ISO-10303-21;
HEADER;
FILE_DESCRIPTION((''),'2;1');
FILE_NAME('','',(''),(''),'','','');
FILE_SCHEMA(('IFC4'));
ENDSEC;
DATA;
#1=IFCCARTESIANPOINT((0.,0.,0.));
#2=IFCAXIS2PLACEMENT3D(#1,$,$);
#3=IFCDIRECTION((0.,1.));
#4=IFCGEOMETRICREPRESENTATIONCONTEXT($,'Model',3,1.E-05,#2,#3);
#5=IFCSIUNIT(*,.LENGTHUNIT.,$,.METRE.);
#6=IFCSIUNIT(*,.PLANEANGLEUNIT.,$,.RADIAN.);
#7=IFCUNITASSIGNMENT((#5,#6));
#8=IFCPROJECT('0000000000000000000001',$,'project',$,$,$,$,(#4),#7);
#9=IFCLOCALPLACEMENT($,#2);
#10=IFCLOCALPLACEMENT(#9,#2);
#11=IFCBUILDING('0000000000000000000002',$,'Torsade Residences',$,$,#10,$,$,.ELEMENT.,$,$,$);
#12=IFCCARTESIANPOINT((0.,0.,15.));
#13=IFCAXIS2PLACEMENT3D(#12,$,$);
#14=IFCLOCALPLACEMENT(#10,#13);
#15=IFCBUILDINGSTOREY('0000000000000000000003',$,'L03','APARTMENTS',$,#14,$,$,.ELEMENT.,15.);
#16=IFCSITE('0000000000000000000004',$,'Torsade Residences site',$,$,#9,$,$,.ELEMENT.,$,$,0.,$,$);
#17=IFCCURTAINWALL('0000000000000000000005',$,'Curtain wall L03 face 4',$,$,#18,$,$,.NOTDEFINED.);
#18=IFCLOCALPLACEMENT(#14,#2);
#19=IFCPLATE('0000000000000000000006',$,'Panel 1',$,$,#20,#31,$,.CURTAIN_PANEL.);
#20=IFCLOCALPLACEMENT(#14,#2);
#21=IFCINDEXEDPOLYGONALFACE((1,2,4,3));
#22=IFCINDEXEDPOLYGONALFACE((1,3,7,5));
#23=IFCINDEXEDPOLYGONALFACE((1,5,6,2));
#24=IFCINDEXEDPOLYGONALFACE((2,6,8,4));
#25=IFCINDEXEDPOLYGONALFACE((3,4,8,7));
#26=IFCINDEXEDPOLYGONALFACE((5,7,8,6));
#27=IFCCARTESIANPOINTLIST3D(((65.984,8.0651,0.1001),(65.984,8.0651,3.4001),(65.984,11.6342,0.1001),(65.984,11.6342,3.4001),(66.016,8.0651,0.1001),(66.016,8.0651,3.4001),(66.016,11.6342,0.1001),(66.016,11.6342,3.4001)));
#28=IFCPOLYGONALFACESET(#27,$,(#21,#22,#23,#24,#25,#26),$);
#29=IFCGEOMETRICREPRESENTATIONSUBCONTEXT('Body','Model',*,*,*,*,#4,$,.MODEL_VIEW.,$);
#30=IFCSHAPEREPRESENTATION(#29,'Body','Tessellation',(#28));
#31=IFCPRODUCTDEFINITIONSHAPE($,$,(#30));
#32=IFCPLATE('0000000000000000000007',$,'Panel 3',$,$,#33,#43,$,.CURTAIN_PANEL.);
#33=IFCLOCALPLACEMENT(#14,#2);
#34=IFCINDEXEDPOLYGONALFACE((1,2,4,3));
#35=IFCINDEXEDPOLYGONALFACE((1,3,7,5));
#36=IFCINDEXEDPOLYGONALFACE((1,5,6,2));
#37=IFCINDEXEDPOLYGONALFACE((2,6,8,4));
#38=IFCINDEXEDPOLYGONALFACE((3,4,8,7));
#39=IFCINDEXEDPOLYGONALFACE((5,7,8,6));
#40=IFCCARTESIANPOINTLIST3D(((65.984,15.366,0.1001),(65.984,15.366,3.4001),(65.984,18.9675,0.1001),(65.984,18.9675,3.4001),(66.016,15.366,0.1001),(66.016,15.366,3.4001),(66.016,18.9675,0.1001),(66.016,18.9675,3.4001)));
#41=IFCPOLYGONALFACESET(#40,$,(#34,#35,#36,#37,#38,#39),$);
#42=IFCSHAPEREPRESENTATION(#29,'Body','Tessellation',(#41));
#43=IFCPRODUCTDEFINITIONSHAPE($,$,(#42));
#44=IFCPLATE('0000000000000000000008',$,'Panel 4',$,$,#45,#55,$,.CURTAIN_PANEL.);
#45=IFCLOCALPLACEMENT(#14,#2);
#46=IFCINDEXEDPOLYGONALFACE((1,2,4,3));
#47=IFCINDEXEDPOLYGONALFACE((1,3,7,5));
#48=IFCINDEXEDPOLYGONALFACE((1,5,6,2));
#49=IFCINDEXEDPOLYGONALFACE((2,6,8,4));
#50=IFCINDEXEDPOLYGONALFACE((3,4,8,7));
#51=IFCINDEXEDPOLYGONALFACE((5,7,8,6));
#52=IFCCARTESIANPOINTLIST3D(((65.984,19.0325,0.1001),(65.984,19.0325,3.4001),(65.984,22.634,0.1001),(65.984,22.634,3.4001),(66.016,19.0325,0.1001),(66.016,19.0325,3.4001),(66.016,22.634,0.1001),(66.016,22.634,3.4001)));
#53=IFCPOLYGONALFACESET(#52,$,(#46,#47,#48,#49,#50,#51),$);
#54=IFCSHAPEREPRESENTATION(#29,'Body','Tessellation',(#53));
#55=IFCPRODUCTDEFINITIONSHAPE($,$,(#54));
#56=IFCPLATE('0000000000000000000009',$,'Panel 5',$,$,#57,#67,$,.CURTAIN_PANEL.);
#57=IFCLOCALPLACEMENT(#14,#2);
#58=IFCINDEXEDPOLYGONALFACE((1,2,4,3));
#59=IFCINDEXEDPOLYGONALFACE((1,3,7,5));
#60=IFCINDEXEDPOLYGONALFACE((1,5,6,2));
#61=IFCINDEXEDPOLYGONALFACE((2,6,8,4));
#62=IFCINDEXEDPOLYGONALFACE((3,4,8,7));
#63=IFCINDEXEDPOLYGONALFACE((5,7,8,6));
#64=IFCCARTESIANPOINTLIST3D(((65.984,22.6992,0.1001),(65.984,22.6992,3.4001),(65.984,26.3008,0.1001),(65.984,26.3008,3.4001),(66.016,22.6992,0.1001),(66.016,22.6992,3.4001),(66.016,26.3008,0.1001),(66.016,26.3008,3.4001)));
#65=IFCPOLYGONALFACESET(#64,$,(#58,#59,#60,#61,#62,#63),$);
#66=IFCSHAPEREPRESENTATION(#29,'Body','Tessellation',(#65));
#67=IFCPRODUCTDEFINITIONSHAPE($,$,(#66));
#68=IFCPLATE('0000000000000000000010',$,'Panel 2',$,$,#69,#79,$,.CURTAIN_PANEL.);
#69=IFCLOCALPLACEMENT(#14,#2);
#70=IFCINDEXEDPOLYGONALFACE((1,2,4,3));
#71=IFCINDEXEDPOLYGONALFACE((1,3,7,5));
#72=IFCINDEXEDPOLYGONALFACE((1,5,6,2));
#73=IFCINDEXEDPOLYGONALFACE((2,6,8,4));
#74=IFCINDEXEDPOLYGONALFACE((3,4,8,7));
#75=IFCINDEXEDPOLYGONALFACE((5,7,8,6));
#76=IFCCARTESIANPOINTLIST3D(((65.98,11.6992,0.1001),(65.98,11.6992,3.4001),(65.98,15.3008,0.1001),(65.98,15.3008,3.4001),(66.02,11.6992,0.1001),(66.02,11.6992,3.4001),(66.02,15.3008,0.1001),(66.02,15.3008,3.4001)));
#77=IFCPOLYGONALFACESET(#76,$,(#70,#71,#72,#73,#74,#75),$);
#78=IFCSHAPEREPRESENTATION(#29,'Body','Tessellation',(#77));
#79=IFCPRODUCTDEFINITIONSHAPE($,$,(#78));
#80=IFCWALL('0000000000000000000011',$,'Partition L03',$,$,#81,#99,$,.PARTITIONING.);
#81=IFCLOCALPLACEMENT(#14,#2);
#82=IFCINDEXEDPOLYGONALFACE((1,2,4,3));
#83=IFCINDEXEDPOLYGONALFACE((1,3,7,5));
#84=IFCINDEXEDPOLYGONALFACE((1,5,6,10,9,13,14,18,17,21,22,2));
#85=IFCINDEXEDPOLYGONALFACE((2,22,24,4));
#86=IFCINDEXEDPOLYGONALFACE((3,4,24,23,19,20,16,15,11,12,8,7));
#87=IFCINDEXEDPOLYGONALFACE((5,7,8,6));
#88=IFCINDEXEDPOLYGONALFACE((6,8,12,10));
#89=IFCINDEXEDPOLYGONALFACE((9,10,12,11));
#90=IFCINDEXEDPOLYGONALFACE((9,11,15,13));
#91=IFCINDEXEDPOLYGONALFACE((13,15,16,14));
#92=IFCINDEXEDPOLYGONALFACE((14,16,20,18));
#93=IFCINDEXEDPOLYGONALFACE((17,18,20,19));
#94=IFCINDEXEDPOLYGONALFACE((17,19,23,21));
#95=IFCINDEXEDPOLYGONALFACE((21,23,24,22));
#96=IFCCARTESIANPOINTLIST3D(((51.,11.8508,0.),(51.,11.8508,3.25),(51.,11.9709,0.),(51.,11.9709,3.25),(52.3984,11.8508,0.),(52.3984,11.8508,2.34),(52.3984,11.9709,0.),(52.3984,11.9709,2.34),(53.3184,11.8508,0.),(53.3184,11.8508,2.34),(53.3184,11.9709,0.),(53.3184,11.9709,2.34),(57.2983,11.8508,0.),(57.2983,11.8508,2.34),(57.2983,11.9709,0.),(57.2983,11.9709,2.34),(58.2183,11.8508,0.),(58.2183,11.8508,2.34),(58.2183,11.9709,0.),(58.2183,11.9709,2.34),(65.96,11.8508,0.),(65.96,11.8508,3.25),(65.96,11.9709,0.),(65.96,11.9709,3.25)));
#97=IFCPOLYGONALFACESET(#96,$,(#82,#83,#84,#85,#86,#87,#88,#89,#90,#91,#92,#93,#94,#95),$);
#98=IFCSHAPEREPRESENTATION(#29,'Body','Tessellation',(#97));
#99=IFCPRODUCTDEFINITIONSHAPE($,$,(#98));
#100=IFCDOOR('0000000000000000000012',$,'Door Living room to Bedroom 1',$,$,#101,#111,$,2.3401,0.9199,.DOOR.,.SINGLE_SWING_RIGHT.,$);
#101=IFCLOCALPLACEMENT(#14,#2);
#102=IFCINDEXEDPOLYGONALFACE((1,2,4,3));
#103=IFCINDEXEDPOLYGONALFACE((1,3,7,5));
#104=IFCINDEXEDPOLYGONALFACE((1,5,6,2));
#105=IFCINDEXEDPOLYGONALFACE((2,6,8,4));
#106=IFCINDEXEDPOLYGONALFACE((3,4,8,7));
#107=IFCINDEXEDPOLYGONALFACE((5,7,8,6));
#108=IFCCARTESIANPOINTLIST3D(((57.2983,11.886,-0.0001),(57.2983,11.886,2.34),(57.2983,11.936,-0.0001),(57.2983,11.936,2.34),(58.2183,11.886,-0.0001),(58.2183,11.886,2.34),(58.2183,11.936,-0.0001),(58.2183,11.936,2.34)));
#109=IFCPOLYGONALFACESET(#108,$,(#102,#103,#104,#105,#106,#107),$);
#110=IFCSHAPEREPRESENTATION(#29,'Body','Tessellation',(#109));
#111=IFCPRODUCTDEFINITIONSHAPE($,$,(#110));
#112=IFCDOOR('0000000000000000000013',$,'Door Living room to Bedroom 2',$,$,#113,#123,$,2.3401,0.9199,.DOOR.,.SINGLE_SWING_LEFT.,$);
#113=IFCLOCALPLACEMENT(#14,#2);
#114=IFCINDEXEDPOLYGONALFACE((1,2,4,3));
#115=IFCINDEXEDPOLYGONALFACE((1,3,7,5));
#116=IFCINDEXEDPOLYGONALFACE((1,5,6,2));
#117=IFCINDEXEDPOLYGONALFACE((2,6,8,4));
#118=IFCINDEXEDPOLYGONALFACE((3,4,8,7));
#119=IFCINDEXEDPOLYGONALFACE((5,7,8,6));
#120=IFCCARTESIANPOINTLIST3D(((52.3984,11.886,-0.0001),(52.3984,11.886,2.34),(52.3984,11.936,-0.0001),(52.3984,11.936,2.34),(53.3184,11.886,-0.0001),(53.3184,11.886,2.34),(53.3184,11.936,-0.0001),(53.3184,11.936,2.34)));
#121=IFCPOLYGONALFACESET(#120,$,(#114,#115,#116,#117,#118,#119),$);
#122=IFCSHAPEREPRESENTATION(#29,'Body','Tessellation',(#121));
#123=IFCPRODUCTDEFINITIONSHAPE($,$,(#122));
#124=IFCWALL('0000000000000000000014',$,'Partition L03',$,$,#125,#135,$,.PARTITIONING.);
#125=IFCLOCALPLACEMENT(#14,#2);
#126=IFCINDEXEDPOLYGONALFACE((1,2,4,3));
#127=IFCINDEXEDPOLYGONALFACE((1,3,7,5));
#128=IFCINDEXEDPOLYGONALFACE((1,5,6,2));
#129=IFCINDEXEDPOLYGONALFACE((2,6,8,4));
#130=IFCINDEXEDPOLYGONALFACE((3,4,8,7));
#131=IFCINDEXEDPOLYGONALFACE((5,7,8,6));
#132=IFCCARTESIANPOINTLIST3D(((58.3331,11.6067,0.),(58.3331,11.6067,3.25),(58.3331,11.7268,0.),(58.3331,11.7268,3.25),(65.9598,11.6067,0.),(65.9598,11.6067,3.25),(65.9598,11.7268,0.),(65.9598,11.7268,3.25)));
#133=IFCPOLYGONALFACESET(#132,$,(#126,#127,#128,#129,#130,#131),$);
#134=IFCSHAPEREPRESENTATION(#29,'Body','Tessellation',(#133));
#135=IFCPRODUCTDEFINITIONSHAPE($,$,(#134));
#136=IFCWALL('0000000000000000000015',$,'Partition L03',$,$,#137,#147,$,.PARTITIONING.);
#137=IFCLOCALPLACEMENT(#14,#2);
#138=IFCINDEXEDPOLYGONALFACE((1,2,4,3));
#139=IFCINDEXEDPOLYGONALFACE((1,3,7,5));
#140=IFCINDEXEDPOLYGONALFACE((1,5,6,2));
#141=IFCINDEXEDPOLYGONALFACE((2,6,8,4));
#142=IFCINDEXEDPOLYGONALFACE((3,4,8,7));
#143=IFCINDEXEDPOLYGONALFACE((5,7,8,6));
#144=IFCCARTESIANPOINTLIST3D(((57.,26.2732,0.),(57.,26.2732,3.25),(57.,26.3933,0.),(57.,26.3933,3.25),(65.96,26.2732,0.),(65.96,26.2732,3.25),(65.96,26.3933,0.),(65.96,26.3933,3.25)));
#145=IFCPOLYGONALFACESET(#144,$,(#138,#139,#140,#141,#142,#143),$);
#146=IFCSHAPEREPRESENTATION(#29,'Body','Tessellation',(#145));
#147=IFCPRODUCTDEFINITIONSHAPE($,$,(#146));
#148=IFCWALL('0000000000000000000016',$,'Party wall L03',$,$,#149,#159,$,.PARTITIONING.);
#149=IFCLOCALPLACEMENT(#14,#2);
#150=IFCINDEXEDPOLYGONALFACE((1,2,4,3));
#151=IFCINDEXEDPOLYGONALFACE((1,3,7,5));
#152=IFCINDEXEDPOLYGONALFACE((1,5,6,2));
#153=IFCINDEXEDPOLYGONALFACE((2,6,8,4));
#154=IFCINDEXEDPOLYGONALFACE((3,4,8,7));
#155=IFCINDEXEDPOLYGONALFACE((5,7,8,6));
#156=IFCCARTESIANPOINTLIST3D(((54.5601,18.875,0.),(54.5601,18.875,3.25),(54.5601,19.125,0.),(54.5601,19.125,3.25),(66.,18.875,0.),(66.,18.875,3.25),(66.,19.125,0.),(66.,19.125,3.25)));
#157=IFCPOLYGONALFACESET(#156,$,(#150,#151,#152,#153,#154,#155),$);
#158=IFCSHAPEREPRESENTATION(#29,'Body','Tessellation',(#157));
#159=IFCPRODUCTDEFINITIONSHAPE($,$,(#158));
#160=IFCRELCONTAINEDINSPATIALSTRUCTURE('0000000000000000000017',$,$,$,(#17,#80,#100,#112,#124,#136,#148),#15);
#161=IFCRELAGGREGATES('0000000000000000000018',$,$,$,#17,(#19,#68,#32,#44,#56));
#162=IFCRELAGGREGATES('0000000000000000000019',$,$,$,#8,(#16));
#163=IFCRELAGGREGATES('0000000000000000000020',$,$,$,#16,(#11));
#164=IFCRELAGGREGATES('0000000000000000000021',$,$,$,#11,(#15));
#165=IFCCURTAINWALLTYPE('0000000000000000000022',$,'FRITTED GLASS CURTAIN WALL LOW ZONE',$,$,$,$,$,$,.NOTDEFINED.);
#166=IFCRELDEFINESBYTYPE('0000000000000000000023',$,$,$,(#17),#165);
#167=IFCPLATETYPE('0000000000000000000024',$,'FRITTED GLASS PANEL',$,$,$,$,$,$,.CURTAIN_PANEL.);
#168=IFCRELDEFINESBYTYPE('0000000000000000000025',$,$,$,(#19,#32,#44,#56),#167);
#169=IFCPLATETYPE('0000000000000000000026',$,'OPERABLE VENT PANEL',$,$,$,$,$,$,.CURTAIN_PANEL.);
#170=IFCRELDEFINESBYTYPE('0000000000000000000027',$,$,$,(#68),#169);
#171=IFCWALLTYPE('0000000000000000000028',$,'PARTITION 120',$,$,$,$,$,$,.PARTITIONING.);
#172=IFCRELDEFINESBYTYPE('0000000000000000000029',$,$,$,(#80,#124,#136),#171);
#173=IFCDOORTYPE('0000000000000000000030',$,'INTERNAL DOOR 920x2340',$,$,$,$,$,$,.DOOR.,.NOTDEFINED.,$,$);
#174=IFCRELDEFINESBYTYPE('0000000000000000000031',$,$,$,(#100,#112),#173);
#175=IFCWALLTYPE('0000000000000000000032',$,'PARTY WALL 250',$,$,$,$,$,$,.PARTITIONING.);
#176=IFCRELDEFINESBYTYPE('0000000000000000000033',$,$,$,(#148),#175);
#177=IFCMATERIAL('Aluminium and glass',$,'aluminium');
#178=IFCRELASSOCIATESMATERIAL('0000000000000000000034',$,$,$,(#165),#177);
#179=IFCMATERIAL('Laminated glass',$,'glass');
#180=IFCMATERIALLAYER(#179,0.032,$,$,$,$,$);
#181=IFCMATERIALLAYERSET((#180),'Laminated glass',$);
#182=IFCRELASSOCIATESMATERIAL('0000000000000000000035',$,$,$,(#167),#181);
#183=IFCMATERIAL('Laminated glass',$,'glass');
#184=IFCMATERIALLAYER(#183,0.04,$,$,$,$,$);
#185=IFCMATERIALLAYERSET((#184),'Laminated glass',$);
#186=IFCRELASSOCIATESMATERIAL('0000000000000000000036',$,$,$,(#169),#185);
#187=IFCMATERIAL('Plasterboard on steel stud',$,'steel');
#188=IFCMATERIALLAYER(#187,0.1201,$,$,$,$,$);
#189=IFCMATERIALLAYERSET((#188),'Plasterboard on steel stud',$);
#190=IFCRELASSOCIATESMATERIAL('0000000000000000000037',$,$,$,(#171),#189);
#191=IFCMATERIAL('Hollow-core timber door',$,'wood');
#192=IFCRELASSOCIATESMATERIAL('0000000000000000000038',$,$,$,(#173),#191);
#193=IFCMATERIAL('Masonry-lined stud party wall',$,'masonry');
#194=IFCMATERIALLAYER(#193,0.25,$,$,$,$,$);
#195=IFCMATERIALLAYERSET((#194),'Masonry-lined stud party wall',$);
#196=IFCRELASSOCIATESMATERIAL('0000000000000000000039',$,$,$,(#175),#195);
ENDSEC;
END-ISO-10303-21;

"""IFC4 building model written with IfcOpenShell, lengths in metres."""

from ifc_helpers import new_model, si_unit, direction, frame, frame_2d, origin, origin_2d, place, context, subcontext, project, spatial, rectangle, extrude, material, layer, layer_set, type_object, element, fill, aggregate, save


model = new_model("IFC4")

# Units and contexts
model_context = context("Model", 3, precision=1e-05, world=origin(), true_north=direction((0.0, 1.0)))
body_context = subcontext(model_context, "Body", "Model", "MODEL_VIEW")
ifc_project = project(units=[si_unit("LENGTHUNIT", "METRE"), si_unit("PLANEANGLEUNIT", "RADIAN")], contexts=[model_context])

# Site, building, storey
site_placement = place(None, origin())
site = spatial("IfcSite", under=ifc_project, at=site_placement, Name="Torsade Residences site", CompositionType="ELEMENT", RefElevation=0.0)
building_placement = place(site_placement, origin())
building = spatial("IfcBuilding", under=site, at=building_placement, Name="Torsade Residences", CompositionType="ELEMENT")
storey_placement = place(building_placement, frame((0.0, 0.0, 15.0)))
storey = spatial("IfcBuildingStorey", under=building, at=storey_placement, Name="L03", Description="APARTMENTS", CompositionType="ELEMENT", Elevation=15.0)

# Curtain wall
ifc_material_1 = material(Name="Aluminium and glass", Category="aluminium")
curtain_wall_type = type_object("IfcCurtainWallType", Name="FRITTED GLASS CURTAIN WALL LOW ZONE", PredefinedType="NOTDEFINED", material=ifc_material_1)
curtain_wall_placement = place(storey_placement, origin())
curtain_wall = element("IfcCurtainWall", 1, at=curtain_wall_placement, inside=storey, type_object=curtain_wall_type, Name="Curtain wall L03 face 4", PredefinedType="NOTDEFINED")

# Plates
ifc_material_2 = material(Name="Laminated glass", Category="glass")
ifc_layer_1 = layer(ifc_material_2, 0.032)
ifc_layer_set_1 = layer_set([ifc_layer_1], Name="Laminated glass")
plate_type_1 = type_object("IfcPlateType", Name="FRITTED GLASS PANEL", PredefinedType="CURTAIN_PANEL", material=ifc_layer_set_1)
plate_1_placement = place(storey_placement, frame((66.0, 9.8496, 0.1001), z_axis=(0.0, 0.0, 1.0), x_axis=(0.0, 1.0, 0.0)))
plate_1 = element("IfcPlate", 2, at=plate_1_placement, type_object=plate_type_1, Name="Panel 1", PredefinedType="CURTAIN_PANEL", context=body_context, shape_type="SweptSolid", body=[
    extrude(rectangle(XDim=3.5691, YDim=0.032, at=origin_2d()), origin(), (0.0, 0.0, 1.0), 3.3),
])
plate_2_placement = place(storey_placement, frame((66.0, 17.1667, 0.1001), z_axis=(0.0, 0.0, 1.0), x_axis=(0.0, 1.0, 0.0)))
plate_2 = element("IfcPlate", 3, at=plate_2_placement, type_object=plate_type_1, Name="Panel 3", PredefinedType="CURTAIN_PANEL", context=body_context, shape_type="SweptSolid", body=[
    extrude(rectangle(XDim=3.6016, YDim=0.032, at=origin_2d()), origin(), (0.0, 0.0, 1.0), 3.3),
])
plate_3_placement = place(storey_placement, frame((66.0, 20.8333, 0.1001), z_axis=(0.0, 0.0, 1.0), x_axis=(0.0, 1.0, 0.0)))
plate_3 = element("IfcPlate", 4, at=plate_3_placement, type_object=plate_type_1, Name="Panel 4", PredefinedType="CURTAIN_PANEL", context=body_context, shape_type="SweptSolid", body=[
    extrude(rectangle(XDim=3.6016, YDim=0.032, at=origin_2d()), origin(), (0.0, 0.0, 1.0), 3.3),
])
plate_4_placement = place(storey_placement, frame((66.0, 24.5, 0.1001), z_axis=(0.0, 0.0, 1.0), x_axis=(0.0, 1.0, 0.0)))
plate_4 = element("IfcPlate", 5, at=plate_4_placement, type_object=plate_type_1, Name="Panel 5", PredefinedType="CURTAIN_PANEL", context=body_context, shape_type="SweptSolid", body=[
    extrude(rectangle(XDim=3.6016, YDim=0.032, at=origin_2d()), origin(), (0.0, 0.0, 1.0), 3.3),
])
ifc_material_3 = material(Name="Laminated glass", Category="glass")
ifc_layer_2 = layer(ifc_material_3, 0.04)
ifc_layer_set_2 = layer_set([ifc_layer_2], Name="Laminated glass")
plate_type_2 = type_object("IfcPlateType", Name="OPERABLE VENT PANEL", PredefinedType="CURTAIN_PANEL", material=ifc_layer_set_2)
plate_5_placement = place(storey_placement, frame((66.0, 13.5, 0.1001), z_axis=(0.0, 0.0, 1.0), x_axis=(0.0, 1.0, 0.0)))
plate_5 = element("IfcPlate", 6, at=plate_5_placement, type_object=plate_type_2, Name="Panel 2", PredefinedType="CURTAIN_PANEL", context=body_context, shape_type="SweptSolid", body=[
    extrude(rectangle(XDim=3.6016, YDim=0.04, at=origin_2d()), origin(), (0.0, 0.0, 1.0), 3.3),
])
aggregate(curtain_wall, [plate_1, plate_5, plate_2, plate_3, plate_4])

# Wall, openings, doors
ifc_material_4 = material(Name="Plasterboard on steel stud", Category="steel")
ifc_layer_3 = layer(ifc_material_4, 0.1201)
ifc_layer_set_3 = layer_set([ifc_layer_3], Name="Plasterboard on steel stud")
wall_type_1 = type_object("IfcWallType", Name="PARTITION 120", PredefinedType="PARTITIONING", material=ifc_layer_set_3)
wall_1_placement = place(storey_placement, frame((65.96, 11.9109, 0.0), z_axis=(0.0, 0.0, 1.0), x_axis=(-1.0, 0.0, 0.0)))
wall_1 = element("IfcWall", 7, at=wall_1_placement, inside=storey, type_object=wall_type_1, Name="Partition L03", PredefinedType="PARTITIONING", context=body_context, shape_type="SweptSolid", body=[
    extrude(rectangle(XDim=14.96, YDim=0.1201, at=frame_2d((7.48, 0.0))), origin(), (0.0, 0.0, 1.0), 3.25),
])
opening_1_placement = place(wall_1_placement, frame((7.7417, 0.0, 0.0)))
opening_1 = element("IfcOpeningElement", 8, at=opening_1_placement, cuts=wall_1, PredefinedType="OPENING", context=body_context, shape_type="SweptSolid", body=[
    extrude(rectangle(XDim=0.9199, YDim=2.3401, at=frame_2d((0.46, 1.1699))), frame((0.0, 0.0701, 0.0), z_axis=(0.0, -1.0, 0.0), x_axis=(1.0, 0.0, 0.0)), (0.0, 0.0, 1.0), 0.1401),
])
opening_2_placement = place(wall_1_placement, frame((12.6416, 0.0, 0.0)))
opening_2 = element("IfcOpeningElement", 9, at=opening_2_placement, cuts=wall_1, PredefinedType="OPENING", context=body_context, shape_type="SweptSolid", body=[
    extrude(rectangle(XDim=0.9199, YDim=2.3401, at=frame_2d((0.46, 1.1699))), frame((0.0, 0.0701, 0.0), z_axis=(0.0, -1.0, 0.0), x_axis=(1.0, 0.0, 0.0)), (0.0, 0.0, 1.0), 0.1401),
])
ifc_material_5 = material(Name="Hollow-core timber door", Category="wood")
door_type = type_object("IfcDoorType", Name="INTERNAL DOOR 920x2340", OperationType="NOTDEFINED", PredefinedType="DOOR", material=ifc_material_5)
door_1_placement = place(opening_1_placement, origin())
door_1 = element("IfcDoor", 10, at=door_1_placement, inside=storey, type_object=door_type, Name="Door Living room to Bedroom 1", OperationType="SINGLE_SWING_RIGHT", OverallHeight=2.3401, OverallWidth=0.9199, PredefinedType="DOOR", context=body_context, shape_type="SweptSolid", body=[
    extrude(rectangle(XDim=0.9199, YDim=2.3401, at=frame_2d((0.46, 1.1699))), frame((0.0, 0.0249, 0.0), z_axis=(0.0, -1.0, 0.0), x_axis=(1.0, 0.0, 0.0)), (0.0, 0.0, 1.0), 0.05),
])
fill(opening_1, door_1)
door_2_placement = place(opening_2_placement, origin())
door_2 = element("IfcDoor", 11, at=door_2_placement, inside=storey, type_object=door_type, Name="Door Living room to Bedroom 2", OperationType="SINGLE_SWING_LEFT", OverallHeight=2.3401, OverallWidth=0.9199, PredefinedType="DOOR", context=body_context, shape_type="SweptSolid", body=[
    extrude(rectangle(XDim=0.9199, YDim=2.3401, at=frame_2d((0.46, 1.1699))), frame((0.0, 0.0249, 0.0), z_axis=(0.0, -1.0, 0.0), x_axis=(1.0, 0.0, 0.0)), (0.0, 0.0, 1.0), 0.05),
])
fill(opening_2, door_2)

# Walls
wall_2_placement = place(storey_placement, frame((65.96, 11.6667, 0.0), z_axis=(0.0, 0.0, 1.0), x_axis=(-1.0, 0.0, 0.0)))
element("IfcWall", 12, at=wall_2_placement, inside=storey, type_object=wall_type_1, Name="Partition L03", PredefinedType="PARTITIONING", context=body_context, shape_type="SweptSolid", body=[
    extrude(rectangle(XDim=7.6267, YDim=0.1201, at=frame_2d((3.8135, 0.0))), origin(), (0.0, 0.0, 1.0), 3.25),
])
wall_3_placement = place(storey_placement, frame((65.96, 26.3333, 0.0), z_axis=(0.0, 0.0, 1.0), x_axis=(-1.0, 0.0, 0.0)))
element("IfcWall", 13, at=wall_3_placement, inside=storey, type_object=wall_type_1, Name="Partition L03", PredefinedType="PARTITIONING", context=body_context, shape_type="SweptSolid", body=[
    extrude(rectangle(XDim=8.96, YDim=0.1201, at=frame_2d((4.48, 0.0))), origin(), (0.0, 0.0, 1.0), 3.25),
])
ifc_material_6 = material(Name="Masonry-lined stud party wall", Category="masonry")
ifc_layer_4 = layer(ifc_material_6, 0.25)
ifc_layer_set_4 = layer_set([ifc_layer_4], Name="Masonry-lined stud party wall")
wall_type_2 = type_object("IfcWallType", Name="PARTY WALL 250", PredefinedType="PARTITIONING", material=ifc_layer_set_4)
wall_4_placement = place(storey_placement, frame((66.0, 19.0, 0.0), z_axis=(0.0, 0.0, 1.0), x_axis=(-1.0, 0.0, 0.0)))
element("IfcWall", 14, at=wall_4_placement, inside=storey, type_object=wall_type_2, Name="Party wall L03", PredefinedType="PARTITIONING", context=body_context, shape_type="SweptSolid", body=[
    extrude(rectangle(XDim=11.4399, YDim=0.25, at=frame_2d((5.72, 0.0))), origin(), (0.0, 0.0, 1.0), 3.25),
])

save(model, "model.ifc")
